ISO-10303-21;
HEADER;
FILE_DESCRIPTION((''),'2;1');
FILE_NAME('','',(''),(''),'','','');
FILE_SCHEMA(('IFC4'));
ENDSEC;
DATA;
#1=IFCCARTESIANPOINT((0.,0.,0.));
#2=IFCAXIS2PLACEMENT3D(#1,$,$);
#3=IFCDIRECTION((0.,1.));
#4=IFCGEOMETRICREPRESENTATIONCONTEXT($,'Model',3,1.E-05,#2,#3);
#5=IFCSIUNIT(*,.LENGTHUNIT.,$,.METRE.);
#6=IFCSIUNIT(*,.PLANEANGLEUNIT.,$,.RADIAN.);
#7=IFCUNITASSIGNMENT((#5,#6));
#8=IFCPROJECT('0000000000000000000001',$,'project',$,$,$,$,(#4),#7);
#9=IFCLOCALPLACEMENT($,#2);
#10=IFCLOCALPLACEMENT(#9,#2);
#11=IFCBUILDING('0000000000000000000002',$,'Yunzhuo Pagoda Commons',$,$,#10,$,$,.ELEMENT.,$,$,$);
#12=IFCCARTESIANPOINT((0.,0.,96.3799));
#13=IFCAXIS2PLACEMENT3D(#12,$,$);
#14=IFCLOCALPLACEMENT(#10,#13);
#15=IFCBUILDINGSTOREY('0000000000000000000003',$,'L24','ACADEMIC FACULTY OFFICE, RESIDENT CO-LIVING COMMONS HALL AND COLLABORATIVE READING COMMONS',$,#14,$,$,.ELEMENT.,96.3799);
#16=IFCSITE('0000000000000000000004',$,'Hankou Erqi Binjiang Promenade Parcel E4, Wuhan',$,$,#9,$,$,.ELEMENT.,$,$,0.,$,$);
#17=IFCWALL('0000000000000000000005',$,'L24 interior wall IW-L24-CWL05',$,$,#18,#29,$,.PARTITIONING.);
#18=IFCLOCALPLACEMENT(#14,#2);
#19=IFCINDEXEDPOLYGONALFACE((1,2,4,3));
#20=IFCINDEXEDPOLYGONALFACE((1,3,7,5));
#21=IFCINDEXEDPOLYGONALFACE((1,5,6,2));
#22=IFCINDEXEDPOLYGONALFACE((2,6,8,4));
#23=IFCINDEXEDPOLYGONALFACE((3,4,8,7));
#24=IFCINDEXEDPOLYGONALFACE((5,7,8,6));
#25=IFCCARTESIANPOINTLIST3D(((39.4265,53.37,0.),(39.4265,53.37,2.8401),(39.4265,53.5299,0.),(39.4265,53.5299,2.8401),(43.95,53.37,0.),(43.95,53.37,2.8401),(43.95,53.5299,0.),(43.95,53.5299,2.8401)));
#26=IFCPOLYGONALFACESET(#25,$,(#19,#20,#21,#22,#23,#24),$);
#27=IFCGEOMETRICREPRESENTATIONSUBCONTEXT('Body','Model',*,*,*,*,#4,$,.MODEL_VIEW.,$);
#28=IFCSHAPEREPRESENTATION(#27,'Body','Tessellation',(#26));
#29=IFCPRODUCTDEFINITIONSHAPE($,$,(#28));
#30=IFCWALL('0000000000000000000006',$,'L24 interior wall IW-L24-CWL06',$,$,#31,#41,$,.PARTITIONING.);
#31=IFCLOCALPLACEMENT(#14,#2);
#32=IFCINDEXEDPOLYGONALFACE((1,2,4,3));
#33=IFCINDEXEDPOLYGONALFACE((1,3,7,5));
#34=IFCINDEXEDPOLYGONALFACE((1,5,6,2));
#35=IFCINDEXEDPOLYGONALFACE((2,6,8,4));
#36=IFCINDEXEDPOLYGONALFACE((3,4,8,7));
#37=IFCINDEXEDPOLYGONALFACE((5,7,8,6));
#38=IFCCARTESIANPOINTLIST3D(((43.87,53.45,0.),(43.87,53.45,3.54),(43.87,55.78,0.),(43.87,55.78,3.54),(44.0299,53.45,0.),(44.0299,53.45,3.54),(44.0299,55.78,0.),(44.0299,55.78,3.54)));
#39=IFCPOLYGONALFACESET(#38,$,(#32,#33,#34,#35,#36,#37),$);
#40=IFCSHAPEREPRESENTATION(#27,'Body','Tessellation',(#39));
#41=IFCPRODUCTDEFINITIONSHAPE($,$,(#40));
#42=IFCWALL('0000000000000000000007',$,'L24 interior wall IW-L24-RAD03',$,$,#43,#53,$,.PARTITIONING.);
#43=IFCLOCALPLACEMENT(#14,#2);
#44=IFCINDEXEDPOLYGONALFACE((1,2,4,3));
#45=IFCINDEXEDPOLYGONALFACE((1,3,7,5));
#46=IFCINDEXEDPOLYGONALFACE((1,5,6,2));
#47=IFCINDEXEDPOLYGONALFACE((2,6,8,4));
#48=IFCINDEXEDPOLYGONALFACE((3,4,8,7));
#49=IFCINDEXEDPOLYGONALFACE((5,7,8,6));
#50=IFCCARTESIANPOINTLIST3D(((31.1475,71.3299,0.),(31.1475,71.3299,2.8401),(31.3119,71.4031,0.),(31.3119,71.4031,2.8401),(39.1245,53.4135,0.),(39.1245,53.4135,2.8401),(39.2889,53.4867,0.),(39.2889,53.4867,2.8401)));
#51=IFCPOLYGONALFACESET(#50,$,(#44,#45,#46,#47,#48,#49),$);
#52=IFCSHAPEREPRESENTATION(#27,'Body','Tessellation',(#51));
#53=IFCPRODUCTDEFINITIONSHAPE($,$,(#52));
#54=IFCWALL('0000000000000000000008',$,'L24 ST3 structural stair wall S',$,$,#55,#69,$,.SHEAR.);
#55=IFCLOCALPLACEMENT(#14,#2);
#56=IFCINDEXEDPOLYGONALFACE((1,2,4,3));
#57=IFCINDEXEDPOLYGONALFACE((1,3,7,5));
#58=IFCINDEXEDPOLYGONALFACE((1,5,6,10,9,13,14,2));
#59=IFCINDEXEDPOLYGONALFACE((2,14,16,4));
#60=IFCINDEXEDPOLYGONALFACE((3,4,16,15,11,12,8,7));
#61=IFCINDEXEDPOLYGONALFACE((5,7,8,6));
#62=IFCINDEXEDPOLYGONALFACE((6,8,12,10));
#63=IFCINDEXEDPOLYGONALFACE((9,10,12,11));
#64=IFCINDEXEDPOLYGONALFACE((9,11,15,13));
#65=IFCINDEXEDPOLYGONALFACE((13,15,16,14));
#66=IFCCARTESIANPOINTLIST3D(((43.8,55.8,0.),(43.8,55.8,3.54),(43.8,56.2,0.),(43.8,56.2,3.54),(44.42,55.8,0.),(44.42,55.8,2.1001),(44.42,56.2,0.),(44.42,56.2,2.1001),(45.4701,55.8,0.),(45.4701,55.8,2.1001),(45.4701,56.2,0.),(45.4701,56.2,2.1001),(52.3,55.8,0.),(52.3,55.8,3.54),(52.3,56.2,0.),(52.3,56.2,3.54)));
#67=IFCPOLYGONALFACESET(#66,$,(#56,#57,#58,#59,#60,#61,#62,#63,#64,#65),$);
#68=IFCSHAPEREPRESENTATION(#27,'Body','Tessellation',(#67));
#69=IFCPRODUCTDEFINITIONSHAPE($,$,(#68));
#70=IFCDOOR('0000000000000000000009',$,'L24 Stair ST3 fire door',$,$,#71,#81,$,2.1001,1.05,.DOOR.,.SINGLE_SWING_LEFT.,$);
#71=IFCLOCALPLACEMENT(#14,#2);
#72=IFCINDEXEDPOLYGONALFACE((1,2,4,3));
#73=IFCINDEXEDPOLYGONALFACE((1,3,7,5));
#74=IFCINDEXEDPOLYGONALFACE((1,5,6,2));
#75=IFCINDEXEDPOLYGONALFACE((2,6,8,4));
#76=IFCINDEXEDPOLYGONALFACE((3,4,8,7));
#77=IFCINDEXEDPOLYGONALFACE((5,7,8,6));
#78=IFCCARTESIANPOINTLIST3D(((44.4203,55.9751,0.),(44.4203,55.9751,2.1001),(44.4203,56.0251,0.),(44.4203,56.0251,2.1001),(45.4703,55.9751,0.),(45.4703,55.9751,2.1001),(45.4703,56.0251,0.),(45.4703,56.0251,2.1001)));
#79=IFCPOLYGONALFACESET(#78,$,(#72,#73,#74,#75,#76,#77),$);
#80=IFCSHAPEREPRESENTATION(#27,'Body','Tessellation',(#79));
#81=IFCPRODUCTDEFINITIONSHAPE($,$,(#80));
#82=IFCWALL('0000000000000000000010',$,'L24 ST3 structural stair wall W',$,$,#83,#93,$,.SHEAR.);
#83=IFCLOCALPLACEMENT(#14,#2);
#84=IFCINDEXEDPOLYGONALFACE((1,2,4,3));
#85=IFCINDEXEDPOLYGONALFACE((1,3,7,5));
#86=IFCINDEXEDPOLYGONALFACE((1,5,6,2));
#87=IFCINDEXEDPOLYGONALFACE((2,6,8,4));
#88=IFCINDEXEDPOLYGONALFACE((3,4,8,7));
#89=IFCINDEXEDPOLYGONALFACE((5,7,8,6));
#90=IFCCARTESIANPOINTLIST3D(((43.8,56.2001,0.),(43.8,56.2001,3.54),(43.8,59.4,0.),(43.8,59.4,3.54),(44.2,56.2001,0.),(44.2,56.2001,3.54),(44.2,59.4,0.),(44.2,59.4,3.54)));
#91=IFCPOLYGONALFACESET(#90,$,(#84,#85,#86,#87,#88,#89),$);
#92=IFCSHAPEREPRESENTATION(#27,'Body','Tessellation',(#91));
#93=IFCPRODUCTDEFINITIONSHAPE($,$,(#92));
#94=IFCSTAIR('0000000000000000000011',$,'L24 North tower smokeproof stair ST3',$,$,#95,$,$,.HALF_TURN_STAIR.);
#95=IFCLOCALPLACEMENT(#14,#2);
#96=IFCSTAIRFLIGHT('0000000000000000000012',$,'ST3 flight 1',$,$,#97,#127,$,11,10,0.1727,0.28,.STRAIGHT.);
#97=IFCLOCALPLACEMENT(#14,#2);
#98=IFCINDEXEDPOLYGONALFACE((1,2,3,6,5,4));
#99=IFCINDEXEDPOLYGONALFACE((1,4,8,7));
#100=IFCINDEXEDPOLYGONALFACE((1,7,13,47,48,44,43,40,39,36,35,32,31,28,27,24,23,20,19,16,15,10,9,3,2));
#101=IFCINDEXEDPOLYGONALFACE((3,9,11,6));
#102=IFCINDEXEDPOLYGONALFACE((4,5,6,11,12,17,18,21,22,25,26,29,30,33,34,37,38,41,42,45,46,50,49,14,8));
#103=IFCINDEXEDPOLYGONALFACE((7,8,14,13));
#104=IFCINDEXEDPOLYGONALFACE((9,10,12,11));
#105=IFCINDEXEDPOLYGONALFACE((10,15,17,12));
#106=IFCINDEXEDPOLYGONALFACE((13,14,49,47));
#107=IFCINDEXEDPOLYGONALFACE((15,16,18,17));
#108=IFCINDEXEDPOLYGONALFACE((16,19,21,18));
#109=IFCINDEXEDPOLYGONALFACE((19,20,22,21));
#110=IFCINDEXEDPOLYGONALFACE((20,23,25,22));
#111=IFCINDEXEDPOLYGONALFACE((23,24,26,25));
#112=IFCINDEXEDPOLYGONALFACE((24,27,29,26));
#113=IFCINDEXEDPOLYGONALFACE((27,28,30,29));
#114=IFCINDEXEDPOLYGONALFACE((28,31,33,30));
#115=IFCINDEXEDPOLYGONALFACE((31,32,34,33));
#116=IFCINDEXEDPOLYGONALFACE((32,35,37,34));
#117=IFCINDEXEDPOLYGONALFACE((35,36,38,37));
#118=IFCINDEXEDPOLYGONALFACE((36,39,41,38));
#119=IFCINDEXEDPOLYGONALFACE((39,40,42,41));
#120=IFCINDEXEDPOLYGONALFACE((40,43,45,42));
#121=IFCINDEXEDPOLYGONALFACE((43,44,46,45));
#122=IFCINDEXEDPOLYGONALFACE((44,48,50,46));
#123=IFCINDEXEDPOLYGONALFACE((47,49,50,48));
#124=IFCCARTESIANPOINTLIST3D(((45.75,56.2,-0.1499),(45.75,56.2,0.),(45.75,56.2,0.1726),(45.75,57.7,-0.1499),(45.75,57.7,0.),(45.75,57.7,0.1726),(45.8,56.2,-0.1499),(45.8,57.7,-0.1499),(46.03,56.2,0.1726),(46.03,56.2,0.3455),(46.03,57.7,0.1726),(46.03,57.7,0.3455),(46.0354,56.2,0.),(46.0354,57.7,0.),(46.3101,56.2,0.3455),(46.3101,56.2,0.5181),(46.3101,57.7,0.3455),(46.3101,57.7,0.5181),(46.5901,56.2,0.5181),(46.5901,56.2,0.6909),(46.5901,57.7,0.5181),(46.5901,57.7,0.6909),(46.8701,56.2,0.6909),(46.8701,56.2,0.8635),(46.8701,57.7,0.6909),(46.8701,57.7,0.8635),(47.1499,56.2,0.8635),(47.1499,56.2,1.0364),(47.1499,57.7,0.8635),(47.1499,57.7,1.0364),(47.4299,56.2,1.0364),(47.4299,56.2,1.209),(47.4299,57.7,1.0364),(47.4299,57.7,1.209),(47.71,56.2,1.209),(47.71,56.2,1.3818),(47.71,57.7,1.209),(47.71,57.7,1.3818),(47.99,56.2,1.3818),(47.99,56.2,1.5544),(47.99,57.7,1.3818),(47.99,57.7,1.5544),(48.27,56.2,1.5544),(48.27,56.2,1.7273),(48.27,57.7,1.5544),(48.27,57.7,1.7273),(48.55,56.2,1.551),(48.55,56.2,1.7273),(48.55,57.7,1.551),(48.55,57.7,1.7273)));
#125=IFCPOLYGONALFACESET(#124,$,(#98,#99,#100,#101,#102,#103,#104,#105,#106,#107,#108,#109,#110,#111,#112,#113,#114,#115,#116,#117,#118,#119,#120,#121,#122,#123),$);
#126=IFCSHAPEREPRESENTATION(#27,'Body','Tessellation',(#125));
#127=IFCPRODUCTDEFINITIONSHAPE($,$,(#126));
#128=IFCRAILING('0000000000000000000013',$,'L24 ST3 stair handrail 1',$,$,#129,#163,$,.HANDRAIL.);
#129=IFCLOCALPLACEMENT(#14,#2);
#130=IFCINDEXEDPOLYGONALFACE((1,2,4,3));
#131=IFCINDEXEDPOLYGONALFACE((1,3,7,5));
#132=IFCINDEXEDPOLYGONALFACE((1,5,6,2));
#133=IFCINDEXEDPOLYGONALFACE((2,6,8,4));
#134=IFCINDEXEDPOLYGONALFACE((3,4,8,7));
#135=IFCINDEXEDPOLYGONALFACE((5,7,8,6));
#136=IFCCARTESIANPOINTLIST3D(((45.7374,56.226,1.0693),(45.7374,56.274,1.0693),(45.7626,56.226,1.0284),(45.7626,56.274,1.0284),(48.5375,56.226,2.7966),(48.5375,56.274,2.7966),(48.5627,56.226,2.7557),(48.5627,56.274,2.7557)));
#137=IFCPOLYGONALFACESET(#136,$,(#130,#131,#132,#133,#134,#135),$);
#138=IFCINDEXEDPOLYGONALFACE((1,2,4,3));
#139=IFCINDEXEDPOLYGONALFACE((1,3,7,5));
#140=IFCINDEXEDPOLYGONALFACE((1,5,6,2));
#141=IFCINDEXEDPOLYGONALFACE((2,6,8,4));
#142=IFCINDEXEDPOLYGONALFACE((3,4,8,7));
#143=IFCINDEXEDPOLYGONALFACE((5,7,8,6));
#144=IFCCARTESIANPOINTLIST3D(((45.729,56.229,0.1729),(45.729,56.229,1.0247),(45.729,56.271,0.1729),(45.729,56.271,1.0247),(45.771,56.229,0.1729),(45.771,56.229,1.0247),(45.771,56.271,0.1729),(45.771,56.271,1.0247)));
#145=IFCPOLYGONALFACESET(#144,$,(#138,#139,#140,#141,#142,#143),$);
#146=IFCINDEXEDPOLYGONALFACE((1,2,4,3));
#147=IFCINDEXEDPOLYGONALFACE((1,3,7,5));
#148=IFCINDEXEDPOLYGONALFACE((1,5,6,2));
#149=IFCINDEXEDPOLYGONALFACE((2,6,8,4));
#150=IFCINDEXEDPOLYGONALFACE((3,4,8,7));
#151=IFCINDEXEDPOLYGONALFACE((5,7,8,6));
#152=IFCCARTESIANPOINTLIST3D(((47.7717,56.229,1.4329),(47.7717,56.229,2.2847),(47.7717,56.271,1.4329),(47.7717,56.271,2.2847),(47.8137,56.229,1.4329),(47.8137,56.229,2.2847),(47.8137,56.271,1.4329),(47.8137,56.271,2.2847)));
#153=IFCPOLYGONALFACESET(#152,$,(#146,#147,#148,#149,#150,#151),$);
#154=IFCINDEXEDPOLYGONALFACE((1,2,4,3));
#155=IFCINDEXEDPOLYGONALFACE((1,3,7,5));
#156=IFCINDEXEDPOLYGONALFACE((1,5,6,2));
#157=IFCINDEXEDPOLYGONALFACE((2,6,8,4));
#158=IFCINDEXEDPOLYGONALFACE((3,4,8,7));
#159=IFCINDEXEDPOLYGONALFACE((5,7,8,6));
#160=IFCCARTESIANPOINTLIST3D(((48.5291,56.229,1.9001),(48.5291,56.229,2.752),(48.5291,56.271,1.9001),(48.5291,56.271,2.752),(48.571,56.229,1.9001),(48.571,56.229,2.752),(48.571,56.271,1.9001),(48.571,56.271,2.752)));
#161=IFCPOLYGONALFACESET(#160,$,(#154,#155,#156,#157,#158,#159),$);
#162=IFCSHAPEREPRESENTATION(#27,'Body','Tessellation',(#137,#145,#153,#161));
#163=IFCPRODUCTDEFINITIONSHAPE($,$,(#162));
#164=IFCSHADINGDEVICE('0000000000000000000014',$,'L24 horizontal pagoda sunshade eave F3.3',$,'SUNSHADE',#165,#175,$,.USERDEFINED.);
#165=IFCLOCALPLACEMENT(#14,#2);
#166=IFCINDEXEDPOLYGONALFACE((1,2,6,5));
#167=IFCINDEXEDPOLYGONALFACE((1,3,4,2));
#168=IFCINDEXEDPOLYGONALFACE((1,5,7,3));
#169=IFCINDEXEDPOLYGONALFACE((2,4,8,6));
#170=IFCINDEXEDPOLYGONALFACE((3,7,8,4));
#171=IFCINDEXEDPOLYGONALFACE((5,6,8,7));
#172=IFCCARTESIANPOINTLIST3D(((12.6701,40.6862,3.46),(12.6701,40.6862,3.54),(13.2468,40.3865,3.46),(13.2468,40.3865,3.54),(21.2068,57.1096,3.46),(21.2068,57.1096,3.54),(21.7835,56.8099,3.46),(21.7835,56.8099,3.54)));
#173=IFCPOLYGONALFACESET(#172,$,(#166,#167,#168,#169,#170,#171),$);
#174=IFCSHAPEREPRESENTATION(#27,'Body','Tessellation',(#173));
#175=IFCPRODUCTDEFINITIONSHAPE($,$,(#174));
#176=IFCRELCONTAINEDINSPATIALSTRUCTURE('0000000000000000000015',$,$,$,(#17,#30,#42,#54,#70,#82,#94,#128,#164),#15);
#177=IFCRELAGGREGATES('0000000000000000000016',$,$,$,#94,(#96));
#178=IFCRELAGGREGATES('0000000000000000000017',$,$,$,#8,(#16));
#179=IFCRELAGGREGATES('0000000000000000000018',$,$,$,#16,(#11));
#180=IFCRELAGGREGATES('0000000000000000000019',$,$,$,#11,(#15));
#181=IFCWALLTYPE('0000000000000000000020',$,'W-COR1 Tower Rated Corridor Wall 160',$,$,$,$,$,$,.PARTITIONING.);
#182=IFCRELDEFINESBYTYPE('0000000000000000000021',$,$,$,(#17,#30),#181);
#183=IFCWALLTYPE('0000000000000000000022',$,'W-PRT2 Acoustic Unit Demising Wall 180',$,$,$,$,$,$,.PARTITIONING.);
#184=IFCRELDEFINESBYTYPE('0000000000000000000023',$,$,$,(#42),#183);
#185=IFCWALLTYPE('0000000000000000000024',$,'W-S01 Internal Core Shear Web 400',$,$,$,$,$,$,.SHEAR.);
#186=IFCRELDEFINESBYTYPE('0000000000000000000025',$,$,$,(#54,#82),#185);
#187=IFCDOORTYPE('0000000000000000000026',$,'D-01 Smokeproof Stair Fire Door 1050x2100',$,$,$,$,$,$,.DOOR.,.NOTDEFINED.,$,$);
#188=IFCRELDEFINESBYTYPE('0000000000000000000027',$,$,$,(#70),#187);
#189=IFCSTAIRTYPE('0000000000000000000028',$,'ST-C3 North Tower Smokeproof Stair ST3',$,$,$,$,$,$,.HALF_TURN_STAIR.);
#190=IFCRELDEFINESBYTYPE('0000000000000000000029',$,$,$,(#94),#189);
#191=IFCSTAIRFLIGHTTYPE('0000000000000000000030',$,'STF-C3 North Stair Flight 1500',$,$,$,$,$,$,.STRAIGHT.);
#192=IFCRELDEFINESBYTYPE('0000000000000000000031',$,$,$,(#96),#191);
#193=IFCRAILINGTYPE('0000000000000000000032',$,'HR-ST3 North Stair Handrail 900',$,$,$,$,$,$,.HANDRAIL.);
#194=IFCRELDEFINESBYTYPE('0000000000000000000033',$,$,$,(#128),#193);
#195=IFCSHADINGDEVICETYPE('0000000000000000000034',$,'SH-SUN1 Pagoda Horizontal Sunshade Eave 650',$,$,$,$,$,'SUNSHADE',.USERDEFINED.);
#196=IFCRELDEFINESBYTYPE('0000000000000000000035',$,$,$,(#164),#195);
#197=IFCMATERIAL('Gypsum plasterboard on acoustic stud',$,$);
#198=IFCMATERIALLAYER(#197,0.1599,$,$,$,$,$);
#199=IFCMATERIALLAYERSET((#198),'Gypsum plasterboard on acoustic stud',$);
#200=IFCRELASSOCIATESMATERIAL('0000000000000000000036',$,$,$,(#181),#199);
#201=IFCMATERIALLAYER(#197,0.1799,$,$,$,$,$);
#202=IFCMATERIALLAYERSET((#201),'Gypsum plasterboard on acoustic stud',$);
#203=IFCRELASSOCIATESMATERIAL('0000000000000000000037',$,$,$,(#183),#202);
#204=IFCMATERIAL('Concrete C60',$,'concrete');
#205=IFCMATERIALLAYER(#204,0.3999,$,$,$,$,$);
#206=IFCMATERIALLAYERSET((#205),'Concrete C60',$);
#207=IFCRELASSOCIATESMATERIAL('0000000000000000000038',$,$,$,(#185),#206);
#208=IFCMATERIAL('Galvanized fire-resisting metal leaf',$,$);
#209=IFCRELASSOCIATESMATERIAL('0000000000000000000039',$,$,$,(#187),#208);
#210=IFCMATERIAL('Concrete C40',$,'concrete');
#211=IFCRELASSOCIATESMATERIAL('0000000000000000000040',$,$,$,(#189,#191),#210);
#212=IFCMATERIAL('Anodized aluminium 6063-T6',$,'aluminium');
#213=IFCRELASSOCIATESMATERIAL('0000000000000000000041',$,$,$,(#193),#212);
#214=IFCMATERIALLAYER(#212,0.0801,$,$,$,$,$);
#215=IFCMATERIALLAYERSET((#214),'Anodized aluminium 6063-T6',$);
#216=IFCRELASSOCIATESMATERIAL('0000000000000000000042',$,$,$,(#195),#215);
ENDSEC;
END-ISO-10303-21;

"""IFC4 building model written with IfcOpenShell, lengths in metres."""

from ifc_helpers import new_model, si_unit, direction, frame, frame_2d, origin, origin_2d, place, context, subcontext, project, spatial, polyline, rectangle, outline, extrude, source, transform, mapped, material, layer, layer_set, type_object, element, fill, aggregate, save


model = new_model("IFC4")

# Units and contexts
model_context = context("Model", 3, precision=1e-05, world=origin(), true_north=direction((0.0, 1.0)))
body_context = subcontext(model_context, "Body", "Model", "MODEL_VIEW")
ifc_project = project(units=[si_unit("LENGTHUNIT", "METRE"), si_unit("PLANEANGLEUNIT", "RADIAN")], contexts=[model_context])

# Site, building, storey
site_placement = place(None, origin())
site = spatial("IfcSite", under=ifc_project, at=site_placement, Name="Hankou Erqi Binjiang Promenade Parcel E4, Wuhan", CompositionType="ELEMENT", RefElevation=0.0)
building_placement = place(site_placement, origin())
building = spatial("IfcBuilding", under=site, at=building_placement, Name="Yunzhuo Pagoda Commons", CompositionType="ELEMENT")
storey_placement = place(building_placement, frame((0.0, 0.0, 96.3799)))
storey = spatial("IfcBuildingStorey", under=building, at=storey_placement, Name="L24", Description="ACADEMIC FACULTY OFFICE, RESIDENT CO-LIVING COMMONS HALL AND COLLABORATIVE READING COMMONS", CompositionType="ELEMENT", Elevation=96.3799)

# Shared definitions
ifc_material_1 = material(Name="Anodized aluminium 6063-T6", Category="aluminium")

# Shared definitions
ifc_material_2 = material(Name="Gypsum plasterboard on acoustic stud")
ifc_layer_1 = layer(ifc_material_2, 0.1599)
ifc_layer_set_1 = layer_set([ifc_layer_1], Name="Gypsum plasterboard on acoustic stud")
wall_type_1 = type_object("IfcWallType", Name="W-COR1 Tower Rated Corridor Wall 160", PredefinedType="PARTITIONING", material=ifc_layer_set_1)

# Walls
wall_1_placement = place(storey_placement, frame((39.4265, 53.45, 0.0), z_axis=(0.0, 0.0, 1.0), x_axis=(1.0, 0.0, 0.0)))
element("IfcWall", 1, at=wall_1_placement, inside=storey, type_object=wall_type_1, Name="L24 interior wall IW-L24-CWL05", PredefinedType="PARTITIONING", context=body_context, shape_type="SweptSolid", body=[
    extrude(rectangle(XDim=4.5234, YDim=0.1599, at=frame_2d((2.2617, 0.0))), origin(), (0.0, 0.0, 1.0), 2.8401),
])
wall_2_placement = place(storey_placement, frame((43.95, 53.45, 0.0), z_axis=(0.0, 0.0, 1.0), x_axis=(0.0, 1.0, 0.0)))
element("IfcWall", 2, at=wall_2_placement, inside=storey, type_object=wall_type_1, Name="L24 interior wall IW-L24-CWL06", PredefinedType="PARTITIONING", context=body_context, shape_type="SweptSolid", body=[
    extrude(rectangle(XDim=2.3301, YDim=0.1599, at=frame_2d((1.165, 0.0))), origin(), (0.0, 0.0, 1.0), 3.54),
])
ifc_layer_2 = layer(ifc_material_2, 0.1799)
ifc_layer_set_2 = layer_set([ifc_layer_2], Name="Gypsum plasterboard on acoustic stud")
wall_type_2 = type_object("IfcWallType", Name="W-PRT2 Acoustic Unit Demising Wall 180", PredefinedType="PARTITIONING", material=ifc_layer_set_2)
wall_3_placement = place(storey_placement, frame((39.2068, 53.45, 0.0), z_axis=(0.0, 0.0, 1.0), x_axis=(-0.406741, 0.913543, 0.0)))
element("IfcWall", 3, at=wall_3_placement, inside=storey, type_object=wall_type_2, Name="L24 interior wall IW-L24-RAD03", PredefinedType="PARTITIONING", context=body_context, shape_type="SweptSolid", body=[
    extrude(rectangle(XDim=19.6121, YDim=0.1799, at=frame_2d((9.8062, 0.0))), origin(), (0.0, 0.0, 1.0), 2.8401),
])

# Wall, opening, door
ifc_material_3 = material(Name="Concrete C60", Category="concrete")
ifc_layer_3 = layer(ifc_material_3, 0.3999)
ifc_layer_set_3 = layer_set([ifc_layer_3], Name="Concrete C60")
wall_type_3 = type_object("IfcWallType", Name="W-S01 Internal Core Shear Web 400", PredefinedType="SHEAR", material=ifc_layer_set_3)
wall_4_placement = place(storey_placement, frame((43.8, 56.0, 0.0), z_axis=(0.0, 0.0, 1.0), x_axis=(1.0, 0.0, 0.0)))
wall_4 = element("IfcWall", 4, at=wall_4_placement, inside=storey, type_object=wall_type_3, Name="L24 ST3 structural stair wall S", PredefinedType="SHEAR", context=body_context, shape_type="SweptSolid", body=[
    extrude(rectangle(XDim=8.5, YDim=0.3999, at=frame_2d((4.25, 0.0))), origin(), (0.0, 0.0, 1.0), 3.54),
])
opening_1_placement = place(wall_4_placement, frame((0.6201, 0.0, 0.0)))
opening_1 = element("IfcOpeningElement", 5, at=opening_1_placement, cuts=wall_4, PredefinedType="OPENING", context=body_context, shape_type="SweptSolid", body=[
    extrude(rectangle(XDim=1.05, YDim=2.1001, at=frame_2d((0.5249, 1.05))), frame((0.0, 0.21, 0.0), z_axis=(0.0, -1.0, 0.0), x_axis=(1.0, 0.0, 0.0)), (0.0, 0.0, 1.0), 0.4199),
])
ifc_material_4 = material(Name="Galvanized fire-resisting metal leaf")
door_type_1 = type_object("IfcDoorType", Name="D-01 Smokeproof Stair Fire Door 1050x2100", OperationType="NOTDEFINED", PredefinedType="DOOR", material=ifc_material_4)
shared_shape_1 = source(origin(), body_context, "Body", "SweptSolid", [
    extrude(rectangle(XDim=1.05, YDim=2.1001, at=frame_2d((0.5249, 1.05))), frame((0.0, 0.0249, 0.0), z_axis=(0.0, -1.0, 0.0), x_axis=(1.0, 0.0, 0.0)), (0.0, 0.0, 1.0), 0.05),
])
door_1_placement = place(opening_1_placement, frame((1.05, 0.0, 0.0), z_axis=(0.0, 0.0, 1.0), x_axis=(-1.0, 0.0, 0.0)))
door_1 = element("IfcDoor", 6, at=door_1_placement, inside=storey, type_object=door_type_1, Name="L24 Stair ST3 fire door", OperationType="SINGLE_SWING_LEFT", OverallHeight=2.1001, OverallWidth=1.05, PredefinedType="DOOR", context=body_context, shape_type="MappedRepresentation", body=[
    mapped(shared_shape_1, transform((0.0, 0.0, 0.0), scale=1.0)),
])
fill(opening_1, door_1)

# Wall
wall_5_placement = place(storey_placement, frame((44.0, 56.2, 0.0), z_axis=(0.0, 0.0, 1.0), x_axis=(0.0, 1.0, 0.0)))
element("IfcWall", 7, at=wall_5_placement, inside=storey, type_object=wall_type_3, Name="L24 ST3 structural stair wall W", PredefinedType="SHEAR", context=body_context, shape_type="SweptSolid", body=[
    extrude(rectangle(XDim=3.2, YDim=0.3999, at=frame_2d((1.6001, 0.0))), origin(), (0.0, 0.0, 1.0), 3.54),
])

# Stair, stair flight
ifc_material_5 = material(Name="Concrete C40", Category="concrete")
stair_type = type_object("IfcStairType", Name="ST-C3 North Tower Smokeproof Stair ST3", PredefinedType="HALF_TURN_STAIR", material=ifc_material_5)
stair_placement = place(storey_placement, origin())
stair = element("IfcStair", 8, at=stair_placement, inside=storey, type_object=stair_type, Name="L24 North tower smokeproof stair ST3", PredefinedType="HALF_TURN_STAIR")
stair_flight_type = type_object("IfcStairFlightType", Name="STF-C3 North Stair Flight 1500", PredefinedType="STRAIGHT", material=ifc_material_5)
shared_shape_2 = source(origin(), body_context, "Body", "SweptSolid", [
    extrude(outline(polyline([(0.0, -0.1499), (0.0, 0.0), (0.0, 0.1726), (0.28, 0.1726), (0.28, 0.3455), (0.5601, 0.3455), (0.5601, 0.5181), (0.8401, 0.5181), (0.8401, 0.6909), (1.1201, 0.6909), (1.1201, 0.8635), (1.3999, 0.8635), (1.3999, 1.0364), (1.6799, 1.0364), (1.6799, 1.209), (1.96, 1.209), (1.96, 1.3818), (2.24, 1.3818), (2.24, 1.5544), (2.52, 1.5544), (2.52, 1.7273), (2.8, 1.7273), (2.8, 1.8999), (2.8, 1.551), (0.2854, 0.0), (0.05, -0.1499), (0.0, -0.1499)])), frame((0.0, 0.75, 0.0), z_axis=(0.0, -1.0, 0.0), x_axis=(1.0, 0.0, 0.0)), (0.0, 0.0, 1.0), 1.5),
])
stair_flight_placement = place(storey_placement, frame((45.75, 56.95, 0.0), z_axis=(0.0, 0.0, 1.0), x_axis=(1.0, 0.0, 0.0)))
stair_flight = element("IfcStairFlight", 9, at=stair_flight_placement, type_object=stair_flight_type, Name="ST3 flight 1", NumberOfRisers=11, NumberOfTreads=10, PredefinedType="STRAIGHT", RiserHeight=0.1727, TreadLength=0.28, context=body_context, shape_type="MappedRepresentation", body=[
    mapped(shared_shape_2, transform((0.0, 0.0, 0.0), scale=1.0)),
])
aggregate(stair, [stair_flight])

# Railing
railing_type = type_object("IfcRailingType", Name="HR-ST3 North Stair Handrail 900", PredefinedType="HANDRAIL", material=ifc_material_1)
railing_placement = place(storey_placement, frame((45.75, 56.25, 0.1729)))
element("IfcRailing", 10, at=railing_placement, inside=storey, type_object=railing_type, Name="L24 ST3 stair handrail 1", PredefinedType="HANDRAIL", context=body_context, shape_type="SweptSolid", body=[
    extrude(rectangle(XDim=0.0481, YDim=0.0481, at=origin_2d()), frame((0.0, 0.0, 0.876), z_axis=(0.85109, 0.0, 0.52502), x_axis=(0.0, 1.0, 0.0)), (0.0, 0.0, 1.0), 3.29),
    extrude(rectangle(XDim=0.042, YDim=0.042, at=origin_2d()), origin(), (0.0, 0.0, 1.0), 0.8518),
    extrude(rectangle(XDim=0.042, YDim=0.042, at=origin_2d()), frame((2.0427, 0.0, 1.26)), (0.0, 0.0, 1.0), 0.8518),
    extrude(rectangle(XDim=0.042, YDim=0.042, at=origin_2d()), frame((2.8, 0.0, 1.7273)), (0.0, 0.0, 1.0), 0.8518),
])

# Shading device
ifc_layer_4 = layer(ifc_material_1, 0.0801)
ifc_layer_set_4 = layer_set([ifc_layer_4], Name="Anodized aluminium 6063-T6")
shading_device_type = type_object("IfcShadingDeviceType", Name="SH-SUN1 Pagoda Horizontal Sunshade Eave 650", ElementType="SUNSHADE", PredefinedType="USERDEFINED", material=ifc_layer_set_4)
shared_shape_3 = source(origin(), body_context, "Body", "SweptSolid", [
    extrude(rectangle(XDim=18.5095, YDim=0.6499, at=origin_2d()), origin(), (0.0, 0.0, 1.0), 0.0801),
])
shading_device_placement = place(storey_placement, frame((17.2268, 48.748, 3.46), z_axis=(0.0, 0.0, 1.0), x_axis=(-0.461207, -0.887293, 0.0)))
element("IfcShadingDevice", 11, at=shading_device_placement, inside=storey, type_object=shading_device_type, Name="L24 horizontal pagoda sunshade eave F3.3", ObjectType="SUNSHADE", PredefinedType="USERDEFINED", context=body_context, shape_type="MappedRepresentation", body=[
    mapped(shared_shape_3, transform((0.0, 0.0, 0.0), scale=1.0)),
])

save(model, "model.ifc")
